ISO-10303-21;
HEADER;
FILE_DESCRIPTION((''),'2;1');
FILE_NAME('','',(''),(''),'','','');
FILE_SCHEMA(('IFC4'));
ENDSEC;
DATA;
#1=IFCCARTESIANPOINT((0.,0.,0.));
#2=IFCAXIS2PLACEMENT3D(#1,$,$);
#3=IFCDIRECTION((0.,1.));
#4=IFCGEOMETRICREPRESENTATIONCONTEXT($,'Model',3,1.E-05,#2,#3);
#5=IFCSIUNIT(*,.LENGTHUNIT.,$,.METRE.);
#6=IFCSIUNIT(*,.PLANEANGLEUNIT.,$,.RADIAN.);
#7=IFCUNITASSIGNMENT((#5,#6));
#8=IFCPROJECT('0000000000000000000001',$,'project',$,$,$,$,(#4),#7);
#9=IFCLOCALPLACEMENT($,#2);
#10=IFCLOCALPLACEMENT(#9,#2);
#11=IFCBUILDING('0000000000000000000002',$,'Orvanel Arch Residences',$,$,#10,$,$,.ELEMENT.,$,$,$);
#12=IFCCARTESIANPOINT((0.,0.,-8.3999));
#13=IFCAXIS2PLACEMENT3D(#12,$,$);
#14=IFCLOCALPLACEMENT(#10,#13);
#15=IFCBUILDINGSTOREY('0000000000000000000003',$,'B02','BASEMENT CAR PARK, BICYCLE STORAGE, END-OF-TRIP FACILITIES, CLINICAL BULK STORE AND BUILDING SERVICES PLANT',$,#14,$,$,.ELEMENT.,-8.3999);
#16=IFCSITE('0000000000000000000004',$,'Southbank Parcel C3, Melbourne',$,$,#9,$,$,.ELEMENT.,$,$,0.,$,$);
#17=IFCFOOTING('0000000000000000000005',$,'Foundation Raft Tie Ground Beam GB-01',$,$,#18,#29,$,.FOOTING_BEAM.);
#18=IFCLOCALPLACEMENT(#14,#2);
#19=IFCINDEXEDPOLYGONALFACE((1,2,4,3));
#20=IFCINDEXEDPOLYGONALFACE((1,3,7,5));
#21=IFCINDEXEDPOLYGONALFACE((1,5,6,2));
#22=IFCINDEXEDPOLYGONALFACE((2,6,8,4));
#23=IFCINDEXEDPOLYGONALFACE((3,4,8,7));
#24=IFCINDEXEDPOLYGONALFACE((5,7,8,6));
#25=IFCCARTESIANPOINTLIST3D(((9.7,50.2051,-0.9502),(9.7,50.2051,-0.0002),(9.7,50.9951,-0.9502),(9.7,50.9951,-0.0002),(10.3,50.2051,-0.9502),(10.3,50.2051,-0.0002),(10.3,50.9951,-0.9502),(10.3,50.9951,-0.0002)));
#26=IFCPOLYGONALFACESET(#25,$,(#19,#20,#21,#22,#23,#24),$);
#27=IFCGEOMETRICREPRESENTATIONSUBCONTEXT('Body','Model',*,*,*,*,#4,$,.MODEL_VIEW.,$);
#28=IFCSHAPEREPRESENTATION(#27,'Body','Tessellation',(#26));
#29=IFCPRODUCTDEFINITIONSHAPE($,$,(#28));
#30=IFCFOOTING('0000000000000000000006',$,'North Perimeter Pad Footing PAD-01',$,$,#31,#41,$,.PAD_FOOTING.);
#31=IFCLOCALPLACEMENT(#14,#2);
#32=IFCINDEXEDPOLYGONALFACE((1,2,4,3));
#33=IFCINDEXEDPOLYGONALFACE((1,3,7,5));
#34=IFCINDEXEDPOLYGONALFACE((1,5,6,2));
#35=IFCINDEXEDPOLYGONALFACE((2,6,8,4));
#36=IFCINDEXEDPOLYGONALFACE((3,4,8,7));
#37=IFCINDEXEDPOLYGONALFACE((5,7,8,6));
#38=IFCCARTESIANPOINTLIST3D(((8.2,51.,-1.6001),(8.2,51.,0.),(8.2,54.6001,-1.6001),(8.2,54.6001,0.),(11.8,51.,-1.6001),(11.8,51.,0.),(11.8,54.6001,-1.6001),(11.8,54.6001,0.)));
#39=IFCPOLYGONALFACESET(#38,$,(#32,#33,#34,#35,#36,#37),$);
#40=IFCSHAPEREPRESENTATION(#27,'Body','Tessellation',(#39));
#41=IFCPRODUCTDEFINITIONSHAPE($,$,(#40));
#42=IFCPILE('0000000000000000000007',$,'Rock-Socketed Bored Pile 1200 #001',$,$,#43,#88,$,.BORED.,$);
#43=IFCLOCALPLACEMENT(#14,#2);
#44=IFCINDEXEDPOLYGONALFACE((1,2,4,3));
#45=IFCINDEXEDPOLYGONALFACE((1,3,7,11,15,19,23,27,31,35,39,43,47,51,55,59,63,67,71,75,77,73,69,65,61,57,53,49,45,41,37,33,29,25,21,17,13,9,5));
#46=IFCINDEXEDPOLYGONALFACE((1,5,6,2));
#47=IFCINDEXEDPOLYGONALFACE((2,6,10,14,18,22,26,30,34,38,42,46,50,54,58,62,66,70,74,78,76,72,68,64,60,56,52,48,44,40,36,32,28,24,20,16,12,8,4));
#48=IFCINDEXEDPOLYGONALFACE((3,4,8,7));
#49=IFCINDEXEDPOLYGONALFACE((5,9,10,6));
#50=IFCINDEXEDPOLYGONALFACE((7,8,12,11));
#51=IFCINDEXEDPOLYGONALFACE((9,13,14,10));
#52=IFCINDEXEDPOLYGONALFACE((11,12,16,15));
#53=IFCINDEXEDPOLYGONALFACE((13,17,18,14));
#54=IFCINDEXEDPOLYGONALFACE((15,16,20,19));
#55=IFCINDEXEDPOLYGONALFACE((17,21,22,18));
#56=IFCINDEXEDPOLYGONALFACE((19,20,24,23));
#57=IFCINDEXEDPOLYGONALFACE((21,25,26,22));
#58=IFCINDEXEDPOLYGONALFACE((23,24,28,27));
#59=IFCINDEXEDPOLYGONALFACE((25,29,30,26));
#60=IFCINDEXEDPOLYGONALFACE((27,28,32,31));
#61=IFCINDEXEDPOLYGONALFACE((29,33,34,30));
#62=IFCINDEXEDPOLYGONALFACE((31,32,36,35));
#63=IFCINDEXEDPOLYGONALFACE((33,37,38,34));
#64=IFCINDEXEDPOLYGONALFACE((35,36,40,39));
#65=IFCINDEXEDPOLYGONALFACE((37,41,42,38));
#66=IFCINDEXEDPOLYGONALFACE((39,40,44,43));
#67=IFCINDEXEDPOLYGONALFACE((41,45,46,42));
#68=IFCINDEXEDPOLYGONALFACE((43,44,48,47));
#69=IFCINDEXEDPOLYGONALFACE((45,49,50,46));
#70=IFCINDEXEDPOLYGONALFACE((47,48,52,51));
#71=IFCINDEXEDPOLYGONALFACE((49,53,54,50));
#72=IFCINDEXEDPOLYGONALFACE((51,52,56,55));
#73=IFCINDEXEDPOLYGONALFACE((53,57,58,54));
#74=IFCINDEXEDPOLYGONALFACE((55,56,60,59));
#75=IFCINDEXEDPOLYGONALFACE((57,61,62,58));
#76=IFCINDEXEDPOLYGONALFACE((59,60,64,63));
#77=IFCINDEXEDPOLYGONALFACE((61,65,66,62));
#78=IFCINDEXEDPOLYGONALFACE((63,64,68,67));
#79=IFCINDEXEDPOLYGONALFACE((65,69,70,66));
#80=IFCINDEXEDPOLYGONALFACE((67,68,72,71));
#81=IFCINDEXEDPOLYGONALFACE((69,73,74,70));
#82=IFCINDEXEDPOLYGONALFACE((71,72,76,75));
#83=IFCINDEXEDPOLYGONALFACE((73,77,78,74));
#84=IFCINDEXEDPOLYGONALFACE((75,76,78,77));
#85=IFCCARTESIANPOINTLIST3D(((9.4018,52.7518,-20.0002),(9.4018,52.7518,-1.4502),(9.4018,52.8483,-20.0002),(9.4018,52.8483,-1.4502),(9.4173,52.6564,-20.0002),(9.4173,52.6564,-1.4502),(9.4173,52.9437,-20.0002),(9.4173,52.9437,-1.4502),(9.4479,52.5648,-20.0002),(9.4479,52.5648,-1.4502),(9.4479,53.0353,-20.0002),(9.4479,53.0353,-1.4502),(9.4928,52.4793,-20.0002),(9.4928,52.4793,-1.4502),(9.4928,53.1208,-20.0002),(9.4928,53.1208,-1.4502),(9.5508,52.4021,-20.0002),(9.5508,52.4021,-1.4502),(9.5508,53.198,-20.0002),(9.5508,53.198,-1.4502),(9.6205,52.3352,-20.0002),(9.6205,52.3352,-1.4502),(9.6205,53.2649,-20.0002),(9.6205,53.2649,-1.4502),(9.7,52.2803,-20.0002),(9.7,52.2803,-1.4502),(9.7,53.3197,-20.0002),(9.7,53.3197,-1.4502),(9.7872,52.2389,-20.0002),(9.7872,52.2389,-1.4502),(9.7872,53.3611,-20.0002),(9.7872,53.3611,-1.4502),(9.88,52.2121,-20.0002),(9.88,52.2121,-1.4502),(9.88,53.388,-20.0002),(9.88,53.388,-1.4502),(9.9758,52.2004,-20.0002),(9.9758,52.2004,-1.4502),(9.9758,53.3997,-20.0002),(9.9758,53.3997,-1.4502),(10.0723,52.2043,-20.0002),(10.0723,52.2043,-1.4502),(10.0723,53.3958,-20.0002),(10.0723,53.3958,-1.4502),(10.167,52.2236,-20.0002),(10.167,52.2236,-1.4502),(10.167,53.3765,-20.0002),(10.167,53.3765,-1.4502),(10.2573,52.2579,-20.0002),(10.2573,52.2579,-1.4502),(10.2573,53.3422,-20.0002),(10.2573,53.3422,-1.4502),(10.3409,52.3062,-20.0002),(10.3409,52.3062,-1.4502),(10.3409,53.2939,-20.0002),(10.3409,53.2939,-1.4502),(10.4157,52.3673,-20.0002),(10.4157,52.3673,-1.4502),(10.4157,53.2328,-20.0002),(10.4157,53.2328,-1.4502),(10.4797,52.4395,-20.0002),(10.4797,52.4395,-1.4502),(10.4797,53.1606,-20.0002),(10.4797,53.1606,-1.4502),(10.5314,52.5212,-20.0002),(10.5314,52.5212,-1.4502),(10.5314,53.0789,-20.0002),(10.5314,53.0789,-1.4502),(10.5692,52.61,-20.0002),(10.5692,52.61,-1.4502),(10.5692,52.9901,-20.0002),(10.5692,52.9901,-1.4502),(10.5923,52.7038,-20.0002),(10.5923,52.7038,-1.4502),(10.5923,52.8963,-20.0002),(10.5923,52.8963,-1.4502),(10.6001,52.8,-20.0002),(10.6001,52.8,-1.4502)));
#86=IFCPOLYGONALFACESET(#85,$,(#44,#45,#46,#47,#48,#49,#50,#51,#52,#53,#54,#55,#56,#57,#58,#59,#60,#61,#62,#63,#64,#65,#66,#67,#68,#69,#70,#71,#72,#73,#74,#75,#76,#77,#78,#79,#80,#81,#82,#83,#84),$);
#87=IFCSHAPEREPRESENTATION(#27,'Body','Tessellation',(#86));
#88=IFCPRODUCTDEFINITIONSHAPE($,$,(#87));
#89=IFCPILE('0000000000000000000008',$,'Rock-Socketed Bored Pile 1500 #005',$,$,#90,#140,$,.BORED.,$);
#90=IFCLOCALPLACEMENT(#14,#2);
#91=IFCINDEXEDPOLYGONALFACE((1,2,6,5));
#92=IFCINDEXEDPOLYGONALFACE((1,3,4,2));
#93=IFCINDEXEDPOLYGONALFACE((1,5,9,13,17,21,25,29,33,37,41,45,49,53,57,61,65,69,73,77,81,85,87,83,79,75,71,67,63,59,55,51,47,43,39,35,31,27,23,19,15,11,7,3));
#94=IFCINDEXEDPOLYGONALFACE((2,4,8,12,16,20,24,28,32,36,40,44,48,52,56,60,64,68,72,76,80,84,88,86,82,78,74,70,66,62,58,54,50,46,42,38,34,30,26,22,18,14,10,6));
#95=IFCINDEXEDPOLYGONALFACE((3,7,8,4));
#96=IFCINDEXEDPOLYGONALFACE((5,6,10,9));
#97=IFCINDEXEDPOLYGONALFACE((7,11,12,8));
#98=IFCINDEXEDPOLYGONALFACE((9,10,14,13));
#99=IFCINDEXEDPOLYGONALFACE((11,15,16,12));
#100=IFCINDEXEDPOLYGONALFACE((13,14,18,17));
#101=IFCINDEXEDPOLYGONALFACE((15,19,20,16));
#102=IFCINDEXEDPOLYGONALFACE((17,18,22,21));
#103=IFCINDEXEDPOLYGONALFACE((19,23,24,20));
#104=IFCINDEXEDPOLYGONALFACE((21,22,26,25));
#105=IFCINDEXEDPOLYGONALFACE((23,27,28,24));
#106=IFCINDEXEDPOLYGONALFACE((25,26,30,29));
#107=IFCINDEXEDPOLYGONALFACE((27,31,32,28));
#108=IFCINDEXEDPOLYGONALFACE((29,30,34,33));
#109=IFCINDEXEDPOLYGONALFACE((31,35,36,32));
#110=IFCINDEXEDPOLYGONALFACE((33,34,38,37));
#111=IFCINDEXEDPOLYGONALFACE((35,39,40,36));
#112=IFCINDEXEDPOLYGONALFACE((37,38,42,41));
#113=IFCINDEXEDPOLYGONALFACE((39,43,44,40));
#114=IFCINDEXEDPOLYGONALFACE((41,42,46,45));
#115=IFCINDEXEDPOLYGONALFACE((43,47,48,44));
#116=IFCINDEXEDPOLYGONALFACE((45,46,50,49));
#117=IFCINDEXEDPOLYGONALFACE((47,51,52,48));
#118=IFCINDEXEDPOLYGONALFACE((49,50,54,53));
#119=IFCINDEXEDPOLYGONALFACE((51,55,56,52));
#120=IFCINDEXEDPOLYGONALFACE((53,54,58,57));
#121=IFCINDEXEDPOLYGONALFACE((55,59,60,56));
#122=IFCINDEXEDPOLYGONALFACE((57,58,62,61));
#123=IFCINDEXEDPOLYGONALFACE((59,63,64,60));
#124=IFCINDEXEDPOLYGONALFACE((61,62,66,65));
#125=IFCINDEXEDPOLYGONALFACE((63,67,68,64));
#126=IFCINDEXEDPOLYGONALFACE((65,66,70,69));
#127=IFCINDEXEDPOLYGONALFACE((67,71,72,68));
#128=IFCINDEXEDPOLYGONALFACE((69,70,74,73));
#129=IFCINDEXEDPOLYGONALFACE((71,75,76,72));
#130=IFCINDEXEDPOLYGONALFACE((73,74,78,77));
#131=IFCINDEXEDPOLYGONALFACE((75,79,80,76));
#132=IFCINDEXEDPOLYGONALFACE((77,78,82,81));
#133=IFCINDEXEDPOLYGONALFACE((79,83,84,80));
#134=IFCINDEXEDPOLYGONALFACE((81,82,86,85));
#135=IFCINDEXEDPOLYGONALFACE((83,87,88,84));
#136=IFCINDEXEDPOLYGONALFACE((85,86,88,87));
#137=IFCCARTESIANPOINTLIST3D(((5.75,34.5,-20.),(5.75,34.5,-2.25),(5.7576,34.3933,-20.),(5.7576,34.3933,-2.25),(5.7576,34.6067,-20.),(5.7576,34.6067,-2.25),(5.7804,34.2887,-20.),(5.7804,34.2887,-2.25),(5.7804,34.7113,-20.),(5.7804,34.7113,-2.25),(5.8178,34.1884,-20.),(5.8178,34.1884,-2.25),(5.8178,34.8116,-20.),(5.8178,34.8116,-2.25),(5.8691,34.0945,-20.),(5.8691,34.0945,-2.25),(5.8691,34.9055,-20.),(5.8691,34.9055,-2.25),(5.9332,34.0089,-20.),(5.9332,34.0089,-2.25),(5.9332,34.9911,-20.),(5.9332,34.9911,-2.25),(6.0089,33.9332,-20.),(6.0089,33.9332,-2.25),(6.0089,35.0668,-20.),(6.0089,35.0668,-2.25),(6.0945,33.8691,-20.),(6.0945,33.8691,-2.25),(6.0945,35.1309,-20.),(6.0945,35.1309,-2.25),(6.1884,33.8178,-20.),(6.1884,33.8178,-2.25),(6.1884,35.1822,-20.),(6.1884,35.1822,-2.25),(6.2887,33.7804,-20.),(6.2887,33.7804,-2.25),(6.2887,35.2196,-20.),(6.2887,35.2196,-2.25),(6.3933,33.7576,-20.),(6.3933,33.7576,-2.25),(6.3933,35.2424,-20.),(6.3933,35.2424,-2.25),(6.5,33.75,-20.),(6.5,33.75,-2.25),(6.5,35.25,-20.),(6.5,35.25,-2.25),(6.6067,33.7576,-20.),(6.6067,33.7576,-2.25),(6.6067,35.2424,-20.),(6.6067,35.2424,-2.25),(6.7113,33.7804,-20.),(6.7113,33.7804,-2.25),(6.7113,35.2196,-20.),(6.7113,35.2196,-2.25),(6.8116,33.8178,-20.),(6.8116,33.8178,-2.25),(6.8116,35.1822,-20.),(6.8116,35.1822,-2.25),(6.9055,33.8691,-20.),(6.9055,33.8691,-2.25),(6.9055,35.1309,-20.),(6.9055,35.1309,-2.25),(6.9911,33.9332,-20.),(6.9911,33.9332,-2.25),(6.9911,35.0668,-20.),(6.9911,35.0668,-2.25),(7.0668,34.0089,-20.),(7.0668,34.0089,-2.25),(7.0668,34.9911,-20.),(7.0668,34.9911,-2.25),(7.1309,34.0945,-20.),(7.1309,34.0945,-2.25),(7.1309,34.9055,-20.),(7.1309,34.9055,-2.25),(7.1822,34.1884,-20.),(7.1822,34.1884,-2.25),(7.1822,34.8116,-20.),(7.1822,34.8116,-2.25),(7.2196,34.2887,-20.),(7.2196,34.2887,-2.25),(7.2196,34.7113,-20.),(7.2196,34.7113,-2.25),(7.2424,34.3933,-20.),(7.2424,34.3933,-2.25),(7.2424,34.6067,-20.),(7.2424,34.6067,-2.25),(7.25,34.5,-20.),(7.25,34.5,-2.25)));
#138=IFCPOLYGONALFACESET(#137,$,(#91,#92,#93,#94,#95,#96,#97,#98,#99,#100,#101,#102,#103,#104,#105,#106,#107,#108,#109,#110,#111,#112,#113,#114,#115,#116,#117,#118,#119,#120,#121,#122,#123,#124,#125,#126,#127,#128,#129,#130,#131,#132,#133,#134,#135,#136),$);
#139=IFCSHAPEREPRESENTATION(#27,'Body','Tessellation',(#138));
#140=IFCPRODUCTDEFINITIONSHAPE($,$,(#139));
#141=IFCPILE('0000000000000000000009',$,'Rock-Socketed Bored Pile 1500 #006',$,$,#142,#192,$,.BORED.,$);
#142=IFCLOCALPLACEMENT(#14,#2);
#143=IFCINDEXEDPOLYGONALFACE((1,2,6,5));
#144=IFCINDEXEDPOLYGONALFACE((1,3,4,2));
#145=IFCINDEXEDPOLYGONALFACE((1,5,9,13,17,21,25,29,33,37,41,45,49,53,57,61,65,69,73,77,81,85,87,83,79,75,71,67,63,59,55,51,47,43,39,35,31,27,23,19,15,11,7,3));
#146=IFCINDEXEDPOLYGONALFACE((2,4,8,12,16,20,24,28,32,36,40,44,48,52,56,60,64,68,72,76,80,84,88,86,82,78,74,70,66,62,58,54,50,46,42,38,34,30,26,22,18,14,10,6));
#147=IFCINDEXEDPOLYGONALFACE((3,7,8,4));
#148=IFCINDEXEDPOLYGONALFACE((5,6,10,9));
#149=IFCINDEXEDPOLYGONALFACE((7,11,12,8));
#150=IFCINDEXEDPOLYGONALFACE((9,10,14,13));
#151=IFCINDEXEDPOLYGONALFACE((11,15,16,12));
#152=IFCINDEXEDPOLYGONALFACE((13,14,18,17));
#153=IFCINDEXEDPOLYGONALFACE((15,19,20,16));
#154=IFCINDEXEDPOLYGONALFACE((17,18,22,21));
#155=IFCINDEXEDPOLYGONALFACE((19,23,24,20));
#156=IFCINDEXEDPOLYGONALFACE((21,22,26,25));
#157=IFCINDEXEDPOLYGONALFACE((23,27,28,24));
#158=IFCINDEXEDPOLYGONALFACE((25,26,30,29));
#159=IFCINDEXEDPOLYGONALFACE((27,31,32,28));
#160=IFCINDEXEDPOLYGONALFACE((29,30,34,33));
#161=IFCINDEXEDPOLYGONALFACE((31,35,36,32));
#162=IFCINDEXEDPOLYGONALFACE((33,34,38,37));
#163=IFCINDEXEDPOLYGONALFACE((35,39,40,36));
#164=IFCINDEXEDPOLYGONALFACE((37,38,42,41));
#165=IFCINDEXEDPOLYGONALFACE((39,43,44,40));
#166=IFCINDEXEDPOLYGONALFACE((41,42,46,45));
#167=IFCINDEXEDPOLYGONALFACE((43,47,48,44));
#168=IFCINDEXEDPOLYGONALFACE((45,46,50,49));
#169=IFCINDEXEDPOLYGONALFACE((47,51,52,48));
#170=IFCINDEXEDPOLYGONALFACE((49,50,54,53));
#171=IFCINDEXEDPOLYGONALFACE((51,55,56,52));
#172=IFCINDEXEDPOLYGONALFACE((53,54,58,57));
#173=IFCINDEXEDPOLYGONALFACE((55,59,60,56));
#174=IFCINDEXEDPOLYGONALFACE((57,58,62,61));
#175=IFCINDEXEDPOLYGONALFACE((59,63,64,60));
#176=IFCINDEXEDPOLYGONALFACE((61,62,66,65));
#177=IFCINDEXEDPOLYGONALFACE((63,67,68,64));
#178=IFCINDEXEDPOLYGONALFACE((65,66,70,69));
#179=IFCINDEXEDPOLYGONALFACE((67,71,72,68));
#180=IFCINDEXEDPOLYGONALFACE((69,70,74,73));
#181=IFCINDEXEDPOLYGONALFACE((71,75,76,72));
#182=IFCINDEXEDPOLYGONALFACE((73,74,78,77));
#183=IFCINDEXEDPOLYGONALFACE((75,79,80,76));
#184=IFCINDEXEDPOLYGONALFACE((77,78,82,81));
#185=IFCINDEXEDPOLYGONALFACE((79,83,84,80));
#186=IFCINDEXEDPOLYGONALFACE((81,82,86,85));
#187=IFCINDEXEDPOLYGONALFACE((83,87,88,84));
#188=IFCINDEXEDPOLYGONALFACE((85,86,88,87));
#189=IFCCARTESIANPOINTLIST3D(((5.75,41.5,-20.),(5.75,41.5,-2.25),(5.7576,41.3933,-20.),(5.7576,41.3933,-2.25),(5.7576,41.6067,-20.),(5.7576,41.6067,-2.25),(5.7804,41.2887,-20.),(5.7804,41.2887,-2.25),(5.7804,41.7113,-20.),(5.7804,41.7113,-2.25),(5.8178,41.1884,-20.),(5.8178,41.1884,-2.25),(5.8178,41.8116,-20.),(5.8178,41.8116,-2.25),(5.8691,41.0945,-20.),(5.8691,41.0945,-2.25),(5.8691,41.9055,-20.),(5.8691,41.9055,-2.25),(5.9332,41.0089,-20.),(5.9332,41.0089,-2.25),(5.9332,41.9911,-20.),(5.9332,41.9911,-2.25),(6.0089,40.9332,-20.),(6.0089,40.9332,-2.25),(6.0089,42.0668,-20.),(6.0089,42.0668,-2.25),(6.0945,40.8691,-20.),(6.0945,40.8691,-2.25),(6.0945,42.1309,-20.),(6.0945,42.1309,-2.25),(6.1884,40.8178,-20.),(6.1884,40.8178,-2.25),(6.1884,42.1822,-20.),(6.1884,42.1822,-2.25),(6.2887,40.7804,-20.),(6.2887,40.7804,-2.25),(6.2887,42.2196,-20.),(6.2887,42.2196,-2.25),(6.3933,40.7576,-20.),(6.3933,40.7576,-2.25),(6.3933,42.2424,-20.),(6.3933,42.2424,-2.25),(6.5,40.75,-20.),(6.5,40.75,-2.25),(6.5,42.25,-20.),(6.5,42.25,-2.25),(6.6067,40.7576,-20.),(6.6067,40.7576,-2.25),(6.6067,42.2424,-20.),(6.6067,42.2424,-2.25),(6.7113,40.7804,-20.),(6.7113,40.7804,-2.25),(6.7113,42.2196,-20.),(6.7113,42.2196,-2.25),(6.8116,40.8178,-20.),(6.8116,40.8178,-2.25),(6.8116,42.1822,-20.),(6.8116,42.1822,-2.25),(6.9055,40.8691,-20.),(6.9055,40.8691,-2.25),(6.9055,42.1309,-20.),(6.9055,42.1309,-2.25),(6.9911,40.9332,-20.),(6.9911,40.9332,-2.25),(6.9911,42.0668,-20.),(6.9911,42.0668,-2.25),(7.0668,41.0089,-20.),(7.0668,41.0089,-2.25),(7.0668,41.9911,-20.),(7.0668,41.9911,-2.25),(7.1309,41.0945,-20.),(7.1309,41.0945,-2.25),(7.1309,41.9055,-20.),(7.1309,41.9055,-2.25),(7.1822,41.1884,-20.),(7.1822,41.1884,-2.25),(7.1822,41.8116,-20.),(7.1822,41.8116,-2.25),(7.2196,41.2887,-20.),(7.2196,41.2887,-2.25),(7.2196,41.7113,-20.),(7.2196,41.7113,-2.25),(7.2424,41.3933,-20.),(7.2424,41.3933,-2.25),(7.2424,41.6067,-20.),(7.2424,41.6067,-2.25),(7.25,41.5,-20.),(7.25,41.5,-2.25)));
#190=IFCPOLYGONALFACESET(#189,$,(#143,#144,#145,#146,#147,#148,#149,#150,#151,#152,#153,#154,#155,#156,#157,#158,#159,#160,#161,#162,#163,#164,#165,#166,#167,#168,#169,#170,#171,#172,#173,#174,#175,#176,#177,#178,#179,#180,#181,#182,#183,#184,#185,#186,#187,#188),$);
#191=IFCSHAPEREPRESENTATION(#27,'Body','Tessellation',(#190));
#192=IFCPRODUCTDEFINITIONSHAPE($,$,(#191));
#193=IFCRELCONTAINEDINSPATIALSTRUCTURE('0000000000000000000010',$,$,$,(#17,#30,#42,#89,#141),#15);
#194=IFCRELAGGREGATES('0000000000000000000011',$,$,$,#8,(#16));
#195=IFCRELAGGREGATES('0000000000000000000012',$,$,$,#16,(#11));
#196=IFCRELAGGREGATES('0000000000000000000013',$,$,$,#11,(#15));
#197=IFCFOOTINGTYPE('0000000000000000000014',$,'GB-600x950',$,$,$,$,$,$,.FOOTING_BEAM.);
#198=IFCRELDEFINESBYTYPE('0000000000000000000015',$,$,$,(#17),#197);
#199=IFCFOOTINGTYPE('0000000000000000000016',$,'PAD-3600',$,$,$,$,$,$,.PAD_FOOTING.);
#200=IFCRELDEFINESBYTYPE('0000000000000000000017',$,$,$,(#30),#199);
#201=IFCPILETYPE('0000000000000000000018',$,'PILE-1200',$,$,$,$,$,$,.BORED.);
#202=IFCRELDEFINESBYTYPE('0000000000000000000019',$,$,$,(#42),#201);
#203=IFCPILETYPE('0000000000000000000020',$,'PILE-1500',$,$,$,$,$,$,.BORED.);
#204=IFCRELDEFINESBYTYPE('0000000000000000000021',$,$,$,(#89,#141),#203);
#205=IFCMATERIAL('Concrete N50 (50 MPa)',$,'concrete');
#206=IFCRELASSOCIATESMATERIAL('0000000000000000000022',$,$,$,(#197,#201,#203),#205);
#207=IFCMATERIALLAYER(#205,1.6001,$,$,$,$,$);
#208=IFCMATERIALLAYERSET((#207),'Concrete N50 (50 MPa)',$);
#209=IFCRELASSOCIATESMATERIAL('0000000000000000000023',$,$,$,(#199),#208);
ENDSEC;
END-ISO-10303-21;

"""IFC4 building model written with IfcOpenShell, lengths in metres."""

from ifc_helpers import new_model, si_unit, direction, frame, origin, origin_2d, place, context, subcontext, project, spatial, rectangle, circle, extrude, material, layer, layer_set, material_profile, profile_set, type_object, element, save


model = new_model("IFC4")

# Units and contexts
model_context = context("Model", 3, precision=1e-05, world=origin(), true_north=direction((0.0, 1.0)))
body_context = subcontext(model_context, "Body", "Model", "MODEL_VIEW")
ifc_project = project(units=[si_unit("LENGTHUNIT", "METRE"), si_unit("PLANEANGLEUNIT", "RADIAN")], contexts=[model_context])

# Site, building, storey
site_placement = place(None, origin())
site = spatial("IfcSite", under=ifc_project, at=site_placement, Name="Southbank Parcel C3, Melbourne", CompositionType="ELEMENT", RefElevation=0.0)
building_placement = place(site_placement, origin())
building = spatial("IfcBuilding", under=site, at=building_placement, Name="Orvanel Arch Residences", CompositionType="ELEMENT")
storey_placement = place(building_placement, frame((0.0, 0.0, -8.3999)))
storey = spatial("IfcBuildingStorey", under=building, at=storey_placement, Name="B02", Description="BASEMENT CAR PARK, BICYCLE STORAGE, END-OF-TRIP FACILITIES, CLINICAL BULK STORE AND BUILDING SERVICES PLANT", CompositionType="ELEMENT", Elevation=-8.3999)

# Footings
ifc_material_1 = material(Name="Concrete N50 (50 MPa)", Category="concrete")
ifc_material_profile_1 = material_profile(ifc_material_1, rectangle(XDim=0.6001, YDim=0.95, at=origin_2d()), Name="RC600x950")
ifc_profile_set_1 = profile_set([ifc_material_profile_1], Name="Concrete N50 (50 MPa)")
footing_type_1 = type_object("IfcFootingType", Name="GB-600x950", PredefinedType="FOOTING_BEAM", material=ifc_profile_set_1)
footing_1_placement = place(storey_placement, frame((10.0, 50.6001, -0.9502), z_axis=(0.0, 0.0, 1.0), x_axis=(1.0, 0.0, 0.0)))
element("IfcFooting", 1, at=footing_1_placement, inside=storey, type_object=footing_type_1, Name="Foundation Raft Tie Ground Beam GB-01", PredefinedType="FOOTING_BEAM", context=body_context, shape_type="SweptSolid", body=[
    extrude(rectangle(XDim=0.6001, YDim=0.79, at=origin_2d()), origin(), (0.0, 0.0, 1.0), 0.95),
])
ifc_layer_1 = layer(ifc_material_1, 1.6001)
ifc_layer_set_1 = layer_set([ifc_layer_1], Name="Concrete N50 (50 MPa)")
footing_type_2 = type_object("IfcFootingType", Name="PAD-3600", PredefinedType="PAD_FOOTING", material=ifc_layer_set_1)
footing_2_placement = place(storey_placement, frame((10.0, 52.8, -1.6001), z_axis=(0.0, 0.0, 1.0), x_axis=(1.0, 0.0, 0.0)))
element("IfcFooting", 2, at=footing_2_placement, inside=storey, type_object=footing_type_2, Name="North Perimeter Pad Footing PAD-01", PredefinedType="PAD_FOOTING", context=body_context, shape_type="SweptSolid", body=[
    extrude(rectangle(XDim=3.6001, YDim=3.6001, at=origin_2d()), origin(), (0.0, 0.0, 1.0), 1.6001),
])

# Piles
ifc_material_profile_2 = material_profile(ifc_material_1, circle(Radius=0.6001, at=origin_2d()), Name="PILE1200")
ifc_profile_set_2 = profile_set([ifc_material_profile_2], Name="Concrete N50 (50 MPa)")
pile_type_1 = type_object("IfcPileType", Name="PILE-1200", PredefinedType="BORED", material=ifc_profile_set_2)
pile_placement = place(storey_placement, frame((10.0, 52.8, -1.4502), z_axis=(0.0, 0.0, -1.0), x_axis=(1.0, 0.0, 0.0)))
element("IfcPile", 3, at=pile_placement, inside=storey, type_object=pile_type_1, Name="Rock-Socketed Bored Pile 1200 #001", PredefinedType="BORED", context=body_context, shape_type="SweptSolid", body=[
    extrude(circle(Radius=0.6001, at=origin_2d()), origin(), (0.0, 0.0, 1.0), 18.55),
])
ifc_material_profile_3 = material_profile(ifc_material_1, circle(Radius=0.75, at=origin_2d()), Name="PILE1500")
ifc_profile_set_3 = profile_set([ifc_material_profile_3], Name="Concrete N50 (50 MPa)")
pile_type_2 = type_object("IfcPileType", Name="PILE-1500", PredefinedType="BORED", material=ifc_profile_set_3)
for number, where, z_axis, x_axis, name in (
    (4, (6.5, 34.5, -2.25), (0.0, 0.0, -1.0), (1.0, 0.0, 0.0), "Rock-Socketed Bored Pile 1500 #005"),
    (5, (6.5, 41.5, -2.25), (0.0, 0.0, -1.0), (1.0, 0.0, 0.0), "Rock-Socketed Bored Pile 1500 #006"),
):
    element("IfcPile", number, at=place(storey_placement, frame(where, z_axis=z_axis, x_axis=x_axis)), inside=storey, type_object=pile_type_2, Name=name, PredefinedType="BORED", context=body_context, shape_type="SweptSolid", body=[
        extrude(circle(Radius=0.75, at=origin_2d()), origin(), (0.0, 0.0, 1.0), 17.75),
    ])

save(model, "model.ifc")
